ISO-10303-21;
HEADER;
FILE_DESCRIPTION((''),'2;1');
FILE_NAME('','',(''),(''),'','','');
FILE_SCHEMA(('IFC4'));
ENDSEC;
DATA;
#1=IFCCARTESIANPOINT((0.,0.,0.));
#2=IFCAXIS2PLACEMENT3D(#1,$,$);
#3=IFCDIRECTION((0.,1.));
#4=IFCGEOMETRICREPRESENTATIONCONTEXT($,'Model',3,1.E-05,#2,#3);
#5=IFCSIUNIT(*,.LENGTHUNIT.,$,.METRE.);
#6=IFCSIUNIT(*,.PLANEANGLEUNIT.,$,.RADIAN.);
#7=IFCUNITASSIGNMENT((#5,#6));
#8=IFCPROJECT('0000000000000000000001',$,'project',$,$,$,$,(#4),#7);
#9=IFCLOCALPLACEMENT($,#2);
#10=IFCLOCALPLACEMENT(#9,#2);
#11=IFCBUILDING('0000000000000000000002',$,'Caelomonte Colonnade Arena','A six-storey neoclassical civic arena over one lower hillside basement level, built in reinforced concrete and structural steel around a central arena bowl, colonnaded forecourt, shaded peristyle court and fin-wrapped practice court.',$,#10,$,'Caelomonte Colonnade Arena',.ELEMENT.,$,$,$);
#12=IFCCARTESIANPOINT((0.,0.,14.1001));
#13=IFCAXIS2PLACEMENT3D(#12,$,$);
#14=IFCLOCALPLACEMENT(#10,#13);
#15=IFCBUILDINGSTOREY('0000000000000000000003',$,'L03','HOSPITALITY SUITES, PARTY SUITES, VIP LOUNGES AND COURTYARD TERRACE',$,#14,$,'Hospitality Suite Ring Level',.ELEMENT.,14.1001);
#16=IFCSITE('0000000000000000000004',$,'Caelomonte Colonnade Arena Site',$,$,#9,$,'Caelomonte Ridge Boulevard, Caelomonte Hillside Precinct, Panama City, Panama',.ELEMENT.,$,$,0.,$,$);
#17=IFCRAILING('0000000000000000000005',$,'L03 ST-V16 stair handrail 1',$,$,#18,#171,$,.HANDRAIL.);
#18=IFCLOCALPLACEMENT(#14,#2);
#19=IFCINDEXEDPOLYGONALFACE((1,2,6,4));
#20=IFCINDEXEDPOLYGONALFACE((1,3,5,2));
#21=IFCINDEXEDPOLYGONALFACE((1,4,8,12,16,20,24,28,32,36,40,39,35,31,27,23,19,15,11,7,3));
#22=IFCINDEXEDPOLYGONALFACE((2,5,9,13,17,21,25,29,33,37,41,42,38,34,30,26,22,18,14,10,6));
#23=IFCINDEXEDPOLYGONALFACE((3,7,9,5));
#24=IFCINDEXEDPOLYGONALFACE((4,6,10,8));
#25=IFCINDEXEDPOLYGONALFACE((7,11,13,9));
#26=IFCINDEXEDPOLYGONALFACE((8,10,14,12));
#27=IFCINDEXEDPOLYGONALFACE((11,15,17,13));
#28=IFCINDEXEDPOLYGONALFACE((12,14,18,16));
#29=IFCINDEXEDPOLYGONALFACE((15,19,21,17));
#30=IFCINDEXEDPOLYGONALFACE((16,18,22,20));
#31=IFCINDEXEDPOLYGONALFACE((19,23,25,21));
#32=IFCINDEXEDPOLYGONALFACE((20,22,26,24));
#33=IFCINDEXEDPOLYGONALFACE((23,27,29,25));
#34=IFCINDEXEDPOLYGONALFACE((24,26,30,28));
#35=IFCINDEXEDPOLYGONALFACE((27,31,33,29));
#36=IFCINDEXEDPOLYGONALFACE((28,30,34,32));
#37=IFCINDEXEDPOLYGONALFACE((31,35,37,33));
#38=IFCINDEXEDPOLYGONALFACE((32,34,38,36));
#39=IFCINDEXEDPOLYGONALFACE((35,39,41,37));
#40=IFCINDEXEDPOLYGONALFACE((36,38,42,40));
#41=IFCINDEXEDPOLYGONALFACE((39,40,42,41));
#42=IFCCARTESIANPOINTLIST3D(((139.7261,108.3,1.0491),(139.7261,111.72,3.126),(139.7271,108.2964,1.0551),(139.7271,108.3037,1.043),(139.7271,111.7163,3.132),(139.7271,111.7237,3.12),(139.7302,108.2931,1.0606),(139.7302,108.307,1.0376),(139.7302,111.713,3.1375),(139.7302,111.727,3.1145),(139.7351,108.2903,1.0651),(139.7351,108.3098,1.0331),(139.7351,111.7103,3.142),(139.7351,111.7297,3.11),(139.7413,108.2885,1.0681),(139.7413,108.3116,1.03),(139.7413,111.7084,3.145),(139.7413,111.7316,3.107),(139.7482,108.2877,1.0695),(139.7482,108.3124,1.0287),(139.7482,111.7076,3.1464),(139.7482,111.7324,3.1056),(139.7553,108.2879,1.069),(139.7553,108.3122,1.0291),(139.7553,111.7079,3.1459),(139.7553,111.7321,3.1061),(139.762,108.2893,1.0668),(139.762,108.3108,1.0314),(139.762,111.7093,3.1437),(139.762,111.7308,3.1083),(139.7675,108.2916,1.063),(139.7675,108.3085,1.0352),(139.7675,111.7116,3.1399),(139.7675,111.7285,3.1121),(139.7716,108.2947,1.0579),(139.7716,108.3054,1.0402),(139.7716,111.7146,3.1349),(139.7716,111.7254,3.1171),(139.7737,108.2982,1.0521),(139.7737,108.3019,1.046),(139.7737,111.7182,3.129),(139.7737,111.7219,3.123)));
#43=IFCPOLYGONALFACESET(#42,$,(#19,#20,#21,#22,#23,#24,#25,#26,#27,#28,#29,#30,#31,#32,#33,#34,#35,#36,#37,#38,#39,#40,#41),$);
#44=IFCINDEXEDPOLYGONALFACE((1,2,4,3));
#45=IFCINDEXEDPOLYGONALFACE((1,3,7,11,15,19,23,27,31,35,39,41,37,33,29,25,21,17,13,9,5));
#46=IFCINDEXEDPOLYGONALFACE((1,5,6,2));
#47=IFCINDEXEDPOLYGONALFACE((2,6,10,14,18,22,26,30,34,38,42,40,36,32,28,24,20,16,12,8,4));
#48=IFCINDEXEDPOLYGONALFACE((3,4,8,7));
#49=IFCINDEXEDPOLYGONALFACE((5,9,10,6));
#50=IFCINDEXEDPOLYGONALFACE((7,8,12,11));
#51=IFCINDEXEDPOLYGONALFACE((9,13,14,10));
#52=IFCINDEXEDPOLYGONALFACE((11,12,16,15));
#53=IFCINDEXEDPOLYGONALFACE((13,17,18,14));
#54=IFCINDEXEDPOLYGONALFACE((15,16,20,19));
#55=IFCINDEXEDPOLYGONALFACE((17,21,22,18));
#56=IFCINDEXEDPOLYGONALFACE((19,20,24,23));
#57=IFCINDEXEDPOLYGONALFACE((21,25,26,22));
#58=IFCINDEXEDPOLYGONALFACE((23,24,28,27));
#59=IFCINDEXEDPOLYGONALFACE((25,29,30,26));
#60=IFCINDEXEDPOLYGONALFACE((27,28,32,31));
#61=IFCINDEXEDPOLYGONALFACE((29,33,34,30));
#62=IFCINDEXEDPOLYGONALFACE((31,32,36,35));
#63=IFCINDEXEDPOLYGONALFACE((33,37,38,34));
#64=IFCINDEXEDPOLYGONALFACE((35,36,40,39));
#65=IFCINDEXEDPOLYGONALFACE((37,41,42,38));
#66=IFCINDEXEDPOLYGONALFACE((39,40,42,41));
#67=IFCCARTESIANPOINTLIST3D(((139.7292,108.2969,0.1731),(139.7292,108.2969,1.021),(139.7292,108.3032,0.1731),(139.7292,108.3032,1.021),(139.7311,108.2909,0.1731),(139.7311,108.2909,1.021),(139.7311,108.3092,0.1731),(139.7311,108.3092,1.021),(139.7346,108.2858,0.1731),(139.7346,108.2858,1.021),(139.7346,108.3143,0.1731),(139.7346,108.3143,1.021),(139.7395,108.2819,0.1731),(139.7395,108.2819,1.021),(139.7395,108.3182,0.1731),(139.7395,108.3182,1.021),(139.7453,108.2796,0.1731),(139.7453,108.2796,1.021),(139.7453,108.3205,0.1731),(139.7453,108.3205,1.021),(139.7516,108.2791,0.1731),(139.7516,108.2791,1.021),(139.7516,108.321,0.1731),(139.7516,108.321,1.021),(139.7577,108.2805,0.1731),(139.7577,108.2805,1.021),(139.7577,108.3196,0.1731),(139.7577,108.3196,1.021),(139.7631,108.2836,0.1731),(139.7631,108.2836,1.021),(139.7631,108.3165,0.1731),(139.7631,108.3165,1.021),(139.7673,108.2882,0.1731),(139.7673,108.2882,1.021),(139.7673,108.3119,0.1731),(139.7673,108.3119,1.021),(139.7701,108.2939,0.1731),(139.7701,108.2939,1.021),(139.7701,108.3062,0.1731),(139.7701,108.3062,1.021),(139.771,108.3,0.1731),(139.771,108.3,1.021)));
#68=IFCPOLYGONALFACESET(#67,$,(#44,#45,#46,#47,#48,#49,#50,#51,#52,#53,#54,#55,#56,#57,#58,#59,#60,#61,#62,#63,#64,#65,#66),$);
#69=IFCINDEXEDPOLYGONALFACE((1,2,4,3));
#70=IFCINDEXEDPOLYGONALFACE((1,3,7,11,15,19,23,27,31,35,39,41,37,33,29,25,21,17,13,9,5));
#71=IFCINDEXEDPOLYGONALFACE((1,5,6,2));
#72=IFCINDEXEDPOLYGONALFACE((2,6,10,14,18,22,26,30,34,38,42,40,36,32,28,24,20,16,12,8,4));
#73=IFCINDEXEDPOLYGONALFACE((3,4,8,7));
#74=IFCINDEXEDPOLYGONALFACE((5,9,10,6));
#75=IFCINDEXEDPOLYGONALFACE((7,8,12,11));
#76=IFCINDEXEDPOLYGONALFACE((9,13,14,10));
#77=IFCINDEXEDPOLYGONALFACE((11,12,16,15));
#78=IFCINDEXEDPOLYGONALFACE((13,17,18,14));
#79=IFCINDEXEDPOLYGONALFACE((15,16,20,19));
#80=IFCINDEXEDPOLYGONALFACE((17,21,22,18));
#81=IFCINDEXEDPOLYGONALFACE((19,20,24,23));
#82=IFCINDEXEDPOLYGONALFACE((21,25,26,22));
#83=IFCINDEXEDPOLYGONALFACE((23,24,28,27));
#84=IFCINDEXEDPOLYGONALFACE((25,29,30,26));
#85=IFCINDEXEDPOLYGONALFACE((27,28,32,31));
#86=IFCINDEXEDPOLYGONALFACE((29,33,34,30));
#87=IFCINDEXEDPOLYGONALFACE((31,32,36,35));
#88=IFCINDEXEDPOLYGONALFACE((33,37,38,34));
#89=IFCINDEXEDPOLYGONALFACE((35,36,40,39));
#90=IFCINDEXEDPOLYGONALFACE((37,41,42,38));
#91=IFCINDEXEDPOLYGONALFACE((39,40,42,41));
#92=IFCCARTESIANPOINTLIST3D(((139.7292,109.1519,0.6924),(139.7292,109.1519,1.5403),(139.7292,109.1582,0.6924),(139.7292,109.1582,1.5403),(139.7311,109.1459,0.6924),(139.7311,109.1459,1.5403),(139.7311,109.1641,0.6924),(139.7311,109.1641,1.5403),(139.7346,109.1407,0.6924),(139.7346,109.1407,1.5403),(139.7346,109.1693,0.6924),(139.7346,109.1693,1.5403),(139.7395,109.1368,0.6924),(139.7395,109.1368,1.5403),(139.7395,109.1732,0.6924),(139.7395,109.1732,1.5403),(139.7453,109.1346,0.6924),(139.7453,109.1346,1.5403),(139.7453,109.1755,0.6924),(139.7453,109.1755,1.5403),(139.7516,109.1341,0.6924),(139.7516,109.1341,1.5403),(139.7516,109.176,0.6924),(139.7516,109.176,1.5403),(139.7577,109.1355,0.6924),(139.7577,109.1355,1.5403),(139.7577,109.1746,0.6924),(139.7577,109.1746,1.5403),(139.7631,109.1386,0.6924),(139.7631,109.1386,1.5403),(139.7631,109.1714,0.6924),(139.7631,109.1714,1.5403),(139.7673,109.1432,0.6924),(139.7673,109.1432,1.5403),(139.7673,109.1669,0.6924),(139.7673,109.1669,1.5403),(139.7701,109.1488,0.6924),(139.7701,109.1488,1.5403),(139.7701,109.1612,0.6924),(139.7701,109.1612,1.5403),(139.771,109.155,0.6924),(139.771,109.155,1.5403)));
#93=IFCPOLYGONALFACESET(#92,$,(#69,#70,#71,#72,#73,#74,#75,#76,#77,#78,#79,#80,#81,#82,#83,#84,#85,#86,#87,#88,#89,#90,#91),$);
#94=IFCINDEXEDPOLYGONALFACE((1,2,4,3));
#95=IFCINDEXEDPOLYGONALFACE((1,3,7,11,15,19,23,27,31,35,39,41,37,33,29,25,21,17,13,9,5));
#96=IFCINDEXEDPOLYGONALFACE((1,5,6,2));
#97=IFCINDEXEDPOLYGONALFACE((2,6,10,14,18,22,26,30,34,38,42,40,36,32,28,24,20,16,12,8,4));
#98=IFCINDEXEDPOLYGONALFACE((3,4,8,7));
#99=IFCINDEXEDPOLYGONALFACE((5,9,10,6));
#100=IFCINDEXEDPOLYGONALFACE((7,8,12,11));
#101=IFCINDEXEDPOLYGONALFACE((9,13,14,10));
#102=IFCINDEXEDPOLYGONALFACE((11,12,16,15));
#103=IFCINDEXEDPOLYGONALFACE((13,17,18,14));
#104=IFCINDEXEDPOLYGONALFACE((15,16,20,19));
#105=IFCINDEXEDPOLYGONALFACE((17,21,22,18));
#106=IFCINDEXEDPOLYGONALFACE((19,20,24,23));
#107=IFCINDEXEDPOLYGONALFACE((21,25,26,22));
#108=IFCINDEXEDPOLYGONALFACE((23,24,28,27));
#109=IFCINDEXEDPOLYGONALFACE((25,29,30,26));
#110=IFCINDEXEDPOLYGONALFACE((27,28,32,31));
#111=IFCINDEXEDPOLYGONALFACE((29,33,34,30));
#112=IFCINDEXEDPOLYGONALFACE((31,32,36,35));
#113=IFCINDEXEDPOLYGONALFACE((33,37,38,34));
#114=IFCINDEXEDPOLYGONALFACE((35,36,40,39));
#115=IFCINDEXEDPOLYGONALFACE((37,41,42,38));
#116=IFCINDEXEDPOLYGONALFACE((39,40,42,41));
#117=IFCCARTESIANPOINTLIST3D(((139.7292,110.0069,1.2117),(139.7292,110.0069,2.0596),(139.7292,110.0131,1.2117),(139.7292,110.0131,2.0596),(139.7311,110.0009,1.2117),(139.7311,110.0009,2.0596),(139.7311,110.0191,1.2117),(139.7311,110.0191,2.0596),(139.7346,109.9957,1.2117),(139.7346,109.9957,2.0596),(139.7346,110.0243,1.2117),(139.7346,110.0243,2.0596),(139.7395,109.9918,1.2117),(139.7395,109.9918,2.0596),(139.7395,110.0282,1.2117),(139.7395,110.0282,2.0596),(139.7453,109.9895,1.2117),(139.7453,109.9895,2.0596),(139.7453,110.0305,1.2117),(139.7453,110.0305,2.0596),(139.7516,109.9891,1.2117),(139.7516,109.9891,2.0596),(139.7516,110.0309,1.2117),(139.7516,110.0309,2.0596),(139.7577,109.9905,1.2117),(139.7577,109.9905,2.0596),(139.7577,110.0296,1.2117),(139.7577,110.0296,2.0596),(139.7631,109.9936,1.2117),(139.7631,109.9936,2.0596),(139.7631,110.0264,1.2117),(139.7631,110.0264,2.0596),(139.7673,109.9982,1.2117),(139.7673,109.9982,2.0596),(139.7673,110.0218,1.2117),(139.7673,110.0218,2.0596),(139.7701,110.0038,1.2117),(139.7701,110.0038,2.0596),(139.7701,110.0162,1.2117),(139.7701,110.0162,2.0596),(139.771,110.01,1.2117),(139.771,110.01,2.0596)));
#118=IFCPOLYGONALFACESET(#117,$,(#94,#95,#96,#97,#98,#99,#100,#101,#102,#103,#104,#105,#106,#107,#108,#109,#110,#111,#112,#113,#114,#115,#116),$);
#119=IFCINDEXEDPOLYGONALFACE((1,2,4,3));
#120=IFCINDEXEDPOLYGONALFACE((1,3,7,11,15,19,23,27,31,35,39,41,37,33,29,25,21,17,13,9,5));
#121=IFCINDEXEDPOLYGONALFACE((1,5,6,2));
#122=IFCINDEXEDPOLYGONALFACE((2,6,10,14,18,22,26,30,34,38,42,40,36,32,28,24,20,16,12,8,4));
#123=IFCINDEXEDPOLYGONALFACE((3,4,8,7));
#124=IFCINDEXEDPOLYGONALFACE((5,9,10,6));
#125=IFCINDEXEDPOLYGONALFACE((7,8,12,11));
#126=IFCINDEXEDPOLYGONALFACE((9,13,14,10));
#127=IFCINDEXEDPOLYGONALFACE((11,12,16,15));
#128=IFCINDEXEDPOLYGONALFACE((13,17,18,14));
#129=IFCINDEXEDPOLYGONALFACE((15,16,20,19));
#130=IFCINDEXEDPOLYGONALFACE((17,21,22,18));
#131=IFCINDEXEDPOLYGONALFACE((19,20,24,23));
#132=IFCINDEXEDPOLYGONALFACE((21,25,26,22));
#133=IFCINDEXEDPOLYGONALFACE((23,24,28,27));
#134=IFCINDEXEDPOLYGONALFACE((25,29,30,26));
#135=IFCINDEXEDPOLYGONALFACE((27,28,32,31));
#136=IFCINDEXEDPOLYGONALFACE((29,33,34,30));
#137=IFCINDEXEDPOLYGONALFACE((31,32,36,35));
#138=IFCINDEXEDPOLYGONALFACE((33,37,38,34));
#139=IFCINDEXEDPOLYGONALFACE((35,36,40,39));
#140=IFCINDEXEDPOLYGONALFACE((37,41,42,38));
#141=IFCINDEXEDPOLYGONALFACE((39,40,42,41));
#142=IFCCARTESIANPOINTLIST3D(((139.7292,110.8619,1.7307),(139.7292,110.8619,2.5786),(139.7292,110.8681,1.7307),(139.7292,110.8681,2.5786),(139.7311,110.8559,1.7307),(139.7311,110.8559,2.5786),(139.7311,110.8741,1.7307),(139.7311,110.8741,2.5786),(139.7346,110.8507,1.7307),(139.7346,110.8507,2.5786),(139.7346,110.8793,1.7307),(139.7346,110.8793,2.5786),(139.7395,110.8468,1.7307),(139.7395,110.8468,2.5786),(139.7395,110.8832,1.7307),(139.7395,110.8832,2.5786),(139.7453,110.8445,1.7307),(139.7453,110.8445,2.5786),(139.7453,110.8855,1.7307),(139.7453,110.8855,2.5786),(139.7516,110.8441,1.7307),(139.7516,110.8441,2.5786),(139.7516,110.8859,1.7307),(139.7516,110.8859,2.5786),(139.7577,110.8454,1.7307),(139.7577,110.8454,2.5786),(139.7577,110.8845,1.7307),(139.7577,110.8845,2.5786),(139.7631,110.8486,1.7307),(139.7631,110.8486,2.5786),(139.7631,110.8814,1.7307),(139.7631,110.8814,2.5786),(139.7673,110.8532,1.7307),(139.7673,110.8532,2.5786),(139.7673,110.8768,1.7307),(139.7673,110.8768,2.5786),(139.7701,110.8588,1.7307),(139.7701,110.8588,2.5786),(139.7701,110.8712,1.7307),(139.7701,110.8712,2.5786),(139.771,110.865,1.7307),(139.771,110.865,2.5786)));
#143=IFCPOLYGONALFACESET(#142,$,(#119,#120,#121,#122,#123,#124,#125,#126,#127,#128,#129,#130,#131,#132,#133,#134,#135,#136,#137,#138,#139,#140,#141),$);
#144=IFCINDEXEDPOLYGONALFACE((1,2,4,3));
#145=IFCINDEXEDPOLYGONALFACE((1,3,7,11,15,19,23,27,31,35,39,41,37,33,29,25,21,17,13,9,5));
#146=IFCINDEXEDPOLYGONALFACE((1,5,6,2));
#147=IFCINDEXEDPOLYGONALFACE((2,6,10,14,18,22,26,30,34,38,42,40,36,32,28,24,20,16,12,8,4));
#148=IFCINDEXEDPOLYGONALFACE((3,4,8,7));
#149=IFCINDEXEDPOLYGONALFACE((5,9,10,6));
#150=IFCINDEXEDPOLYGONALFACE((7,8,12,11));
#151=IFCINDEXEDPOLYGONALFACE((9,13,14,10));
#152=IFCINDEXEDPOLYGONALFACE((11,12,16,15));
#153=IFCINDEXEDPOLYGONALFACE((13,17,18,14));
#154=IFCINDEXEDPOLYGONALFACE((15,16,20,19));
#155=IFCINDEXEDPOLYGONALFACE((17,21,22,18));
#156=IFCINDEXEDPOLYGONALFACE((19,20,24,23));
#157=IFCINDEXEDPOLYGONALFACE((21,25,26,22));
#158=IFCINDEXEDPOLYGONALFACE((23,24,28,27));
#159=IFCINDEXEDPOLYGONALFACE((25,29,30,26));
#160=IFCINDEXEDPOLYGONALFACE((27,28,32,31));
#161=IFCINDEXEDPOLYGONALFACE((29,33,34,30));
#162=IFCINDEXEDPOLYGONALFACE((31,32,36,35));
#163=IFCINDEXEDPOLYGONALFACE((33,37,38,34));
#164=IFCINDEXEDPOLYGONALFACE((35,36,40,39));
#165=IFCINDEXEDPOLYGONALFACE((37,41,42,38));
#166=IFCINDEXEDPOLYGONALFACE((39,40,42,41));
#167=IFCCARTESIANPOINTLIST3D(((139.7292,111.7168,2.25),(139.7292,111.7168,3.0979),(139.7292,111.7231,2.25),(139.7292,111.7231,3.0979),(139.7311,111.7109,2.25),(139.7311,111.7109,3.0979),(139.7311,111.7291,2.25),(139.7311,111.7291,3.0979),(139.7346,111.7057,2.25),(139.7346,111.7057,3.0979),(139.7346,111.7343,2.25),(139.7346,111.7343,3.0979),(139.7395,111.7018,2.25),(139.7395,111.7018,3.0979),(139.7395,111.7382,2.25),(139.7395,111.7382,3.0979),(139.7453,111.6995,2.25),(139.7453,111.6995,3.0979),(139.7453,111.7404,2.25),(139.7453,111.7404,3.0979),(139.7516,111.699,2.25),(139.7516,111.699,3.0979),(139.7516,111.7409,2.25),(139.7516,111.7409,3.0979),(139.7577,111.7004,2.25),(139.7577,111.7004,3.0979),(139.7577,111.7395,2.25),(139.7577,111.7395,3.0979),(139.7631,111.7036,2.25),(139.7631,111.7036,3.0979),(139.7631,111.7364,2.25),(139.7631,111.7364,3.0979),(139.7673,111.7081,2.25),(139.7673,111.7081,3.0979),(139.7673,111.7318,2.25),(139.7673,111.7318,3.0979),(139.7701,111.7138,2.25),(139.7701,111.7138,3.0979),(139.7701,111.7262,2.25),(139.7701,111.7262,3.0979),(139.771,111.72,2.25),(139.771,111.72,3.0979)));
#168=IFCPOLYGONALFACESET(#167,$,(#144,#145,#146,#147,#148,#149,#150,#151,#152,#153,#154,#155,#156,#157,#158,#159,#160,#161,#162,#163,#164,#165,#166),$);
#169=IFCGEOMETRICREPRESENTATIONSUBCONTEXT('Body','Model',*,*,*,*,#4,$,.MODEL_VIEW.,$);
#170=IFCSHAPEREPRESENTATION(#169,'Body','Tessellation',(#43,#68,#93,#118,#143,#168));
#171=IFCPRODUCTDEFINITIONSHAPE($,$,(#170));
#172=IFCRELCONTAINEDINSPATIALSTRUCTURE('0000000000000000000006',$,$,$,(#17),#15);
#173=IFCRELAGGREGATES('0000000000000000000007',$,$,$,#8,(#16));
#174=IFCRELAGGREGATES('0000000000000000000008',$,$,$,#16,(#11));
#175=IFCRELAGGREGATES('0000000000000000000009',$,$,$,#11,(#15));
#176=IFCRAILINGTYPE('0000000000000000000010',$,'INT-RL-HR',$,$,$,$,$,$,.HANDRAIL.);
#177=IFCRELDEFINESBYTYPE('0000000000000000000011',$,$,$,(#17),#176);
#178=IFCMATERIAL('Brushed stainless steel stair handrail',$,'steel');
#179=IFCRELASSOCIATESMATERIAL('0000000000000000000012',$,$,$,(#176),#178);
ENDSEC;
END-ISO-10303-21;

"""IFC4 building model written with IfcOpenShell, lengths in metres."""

from ifc_helpers import new_model, si_unit, direction, frame, origin, origin_2d, place, context, subcontext, project, spatial, circle, extrude, material, type_object, element, save


model = new_model("IFC4")

# Units and contexts
model_context = context("Model", 3, precision=1e-05, world=origin(), true_north=direction((0.0, 1.0)))
body_context = subcontext(model_context, "Body", "Model", "MODEL_VIEW")
ifc_project = project(units=[si_unit("LENGTHUNIT", "METRE"), si_unit("PLANEANGLEUNIT", "RADIAN")], contexts=[model_context])

# Site, building, storey
site_placement = place(None, origin())
site = spatial("IfcSite", under=ifc_project, at=site_placement, Name="Caelomonte Colonnade Arena Site", LongName="Caelomonte Ridge Boulevard, Caelomonte Hillside Precinct, Panama City, Panama", CompositionType="ELEMENT", RefElevation=0.0)
building_placement = place(site_placement, origin())
building = spatial("IfcBuilding", under=site, at=building_placement, Name="Caelomonte Colonnade Arena", Description="A six-storey neoclassical civic arena over one lower hillside basement level, built in reinforced concrete and structural steel around a central arena bowl, colonnaded forecourt, shaded peristyle court and fin-wrapped practice court.", LongName="Caelomonte Colonnade Arena", CompositionType="ELEMENT")
storey_placement = place(building_placement, frame((0.0, 0.0, 14.1001)))
storey = spatial("IfcBuildingStorey", under=building, at=storey_placement, Name="L03", Description="HOSPITALITY SUITES, PARTY SUITES, VIP LOUNGES AND COURTYARD TERRACE", LongName="Hospitality Suite Ring Level", CompositionType="ELEMENT", Elevation=14.1001)

# Railing
ifc_material_1 = material(Name="Brushed stainless steel stair handrail", Category="steel")
railing_type_1 = type_object("IfcRailingType", Name="INT-RL-HR", PredefinedType="HANDRAIL", material=ifc_material_1)
railing_1_placement = place(storey_placement, frame((139.75, 108.3, 0.1731)))
element("IfcRailing", 1, at=railing_1_placement, inside=storey, type_object=railing_type_1, Name="L03 ST-V16 stair handrail 1", PredefinedType="HANDRAIL", context=body_context, shape_type="SweptSolid", body=[
    extrude(circle(Radius=0.0239, at=origin_2d()), frame((0.0, 0.0, 0.876), z_axis=(0.0, 0.85473, 0.519074), x_axis=(-1.0, 0.0, 0.0)), (0.0, 0.0, 1.0), 4.0012),
    extrude(circle(Radius=0.021, at=origin_2d()), origin(), (0.0, 0.0, 1.0), 0.8479),
    extrude(circle(Radius=0.021, at=origin_2d()), frame((0.0, 0.855, 0.5193)), (0.0, 0.0, 1.0), 0.8479),
    extrude(circle(Radius=0.021, at=origin_2d()), frame((0.0, 1.71, 1.0386)), (0.0, 0.0, 1.0), 0.8479),
    extrude(circle(Radius=0.021, at=origin_2d()), frame((0.0, 2.5649, 1.5576)), (0.0, 0.0, 1.0), 0.8479),
    extrude(circle(Radius=0.021, at=origin_2d()), frame((0.0, 3.4199, 2.0769)), (0.0, 0.0, 1.0), 0.8479),
])

save(model, "model.ifc")
